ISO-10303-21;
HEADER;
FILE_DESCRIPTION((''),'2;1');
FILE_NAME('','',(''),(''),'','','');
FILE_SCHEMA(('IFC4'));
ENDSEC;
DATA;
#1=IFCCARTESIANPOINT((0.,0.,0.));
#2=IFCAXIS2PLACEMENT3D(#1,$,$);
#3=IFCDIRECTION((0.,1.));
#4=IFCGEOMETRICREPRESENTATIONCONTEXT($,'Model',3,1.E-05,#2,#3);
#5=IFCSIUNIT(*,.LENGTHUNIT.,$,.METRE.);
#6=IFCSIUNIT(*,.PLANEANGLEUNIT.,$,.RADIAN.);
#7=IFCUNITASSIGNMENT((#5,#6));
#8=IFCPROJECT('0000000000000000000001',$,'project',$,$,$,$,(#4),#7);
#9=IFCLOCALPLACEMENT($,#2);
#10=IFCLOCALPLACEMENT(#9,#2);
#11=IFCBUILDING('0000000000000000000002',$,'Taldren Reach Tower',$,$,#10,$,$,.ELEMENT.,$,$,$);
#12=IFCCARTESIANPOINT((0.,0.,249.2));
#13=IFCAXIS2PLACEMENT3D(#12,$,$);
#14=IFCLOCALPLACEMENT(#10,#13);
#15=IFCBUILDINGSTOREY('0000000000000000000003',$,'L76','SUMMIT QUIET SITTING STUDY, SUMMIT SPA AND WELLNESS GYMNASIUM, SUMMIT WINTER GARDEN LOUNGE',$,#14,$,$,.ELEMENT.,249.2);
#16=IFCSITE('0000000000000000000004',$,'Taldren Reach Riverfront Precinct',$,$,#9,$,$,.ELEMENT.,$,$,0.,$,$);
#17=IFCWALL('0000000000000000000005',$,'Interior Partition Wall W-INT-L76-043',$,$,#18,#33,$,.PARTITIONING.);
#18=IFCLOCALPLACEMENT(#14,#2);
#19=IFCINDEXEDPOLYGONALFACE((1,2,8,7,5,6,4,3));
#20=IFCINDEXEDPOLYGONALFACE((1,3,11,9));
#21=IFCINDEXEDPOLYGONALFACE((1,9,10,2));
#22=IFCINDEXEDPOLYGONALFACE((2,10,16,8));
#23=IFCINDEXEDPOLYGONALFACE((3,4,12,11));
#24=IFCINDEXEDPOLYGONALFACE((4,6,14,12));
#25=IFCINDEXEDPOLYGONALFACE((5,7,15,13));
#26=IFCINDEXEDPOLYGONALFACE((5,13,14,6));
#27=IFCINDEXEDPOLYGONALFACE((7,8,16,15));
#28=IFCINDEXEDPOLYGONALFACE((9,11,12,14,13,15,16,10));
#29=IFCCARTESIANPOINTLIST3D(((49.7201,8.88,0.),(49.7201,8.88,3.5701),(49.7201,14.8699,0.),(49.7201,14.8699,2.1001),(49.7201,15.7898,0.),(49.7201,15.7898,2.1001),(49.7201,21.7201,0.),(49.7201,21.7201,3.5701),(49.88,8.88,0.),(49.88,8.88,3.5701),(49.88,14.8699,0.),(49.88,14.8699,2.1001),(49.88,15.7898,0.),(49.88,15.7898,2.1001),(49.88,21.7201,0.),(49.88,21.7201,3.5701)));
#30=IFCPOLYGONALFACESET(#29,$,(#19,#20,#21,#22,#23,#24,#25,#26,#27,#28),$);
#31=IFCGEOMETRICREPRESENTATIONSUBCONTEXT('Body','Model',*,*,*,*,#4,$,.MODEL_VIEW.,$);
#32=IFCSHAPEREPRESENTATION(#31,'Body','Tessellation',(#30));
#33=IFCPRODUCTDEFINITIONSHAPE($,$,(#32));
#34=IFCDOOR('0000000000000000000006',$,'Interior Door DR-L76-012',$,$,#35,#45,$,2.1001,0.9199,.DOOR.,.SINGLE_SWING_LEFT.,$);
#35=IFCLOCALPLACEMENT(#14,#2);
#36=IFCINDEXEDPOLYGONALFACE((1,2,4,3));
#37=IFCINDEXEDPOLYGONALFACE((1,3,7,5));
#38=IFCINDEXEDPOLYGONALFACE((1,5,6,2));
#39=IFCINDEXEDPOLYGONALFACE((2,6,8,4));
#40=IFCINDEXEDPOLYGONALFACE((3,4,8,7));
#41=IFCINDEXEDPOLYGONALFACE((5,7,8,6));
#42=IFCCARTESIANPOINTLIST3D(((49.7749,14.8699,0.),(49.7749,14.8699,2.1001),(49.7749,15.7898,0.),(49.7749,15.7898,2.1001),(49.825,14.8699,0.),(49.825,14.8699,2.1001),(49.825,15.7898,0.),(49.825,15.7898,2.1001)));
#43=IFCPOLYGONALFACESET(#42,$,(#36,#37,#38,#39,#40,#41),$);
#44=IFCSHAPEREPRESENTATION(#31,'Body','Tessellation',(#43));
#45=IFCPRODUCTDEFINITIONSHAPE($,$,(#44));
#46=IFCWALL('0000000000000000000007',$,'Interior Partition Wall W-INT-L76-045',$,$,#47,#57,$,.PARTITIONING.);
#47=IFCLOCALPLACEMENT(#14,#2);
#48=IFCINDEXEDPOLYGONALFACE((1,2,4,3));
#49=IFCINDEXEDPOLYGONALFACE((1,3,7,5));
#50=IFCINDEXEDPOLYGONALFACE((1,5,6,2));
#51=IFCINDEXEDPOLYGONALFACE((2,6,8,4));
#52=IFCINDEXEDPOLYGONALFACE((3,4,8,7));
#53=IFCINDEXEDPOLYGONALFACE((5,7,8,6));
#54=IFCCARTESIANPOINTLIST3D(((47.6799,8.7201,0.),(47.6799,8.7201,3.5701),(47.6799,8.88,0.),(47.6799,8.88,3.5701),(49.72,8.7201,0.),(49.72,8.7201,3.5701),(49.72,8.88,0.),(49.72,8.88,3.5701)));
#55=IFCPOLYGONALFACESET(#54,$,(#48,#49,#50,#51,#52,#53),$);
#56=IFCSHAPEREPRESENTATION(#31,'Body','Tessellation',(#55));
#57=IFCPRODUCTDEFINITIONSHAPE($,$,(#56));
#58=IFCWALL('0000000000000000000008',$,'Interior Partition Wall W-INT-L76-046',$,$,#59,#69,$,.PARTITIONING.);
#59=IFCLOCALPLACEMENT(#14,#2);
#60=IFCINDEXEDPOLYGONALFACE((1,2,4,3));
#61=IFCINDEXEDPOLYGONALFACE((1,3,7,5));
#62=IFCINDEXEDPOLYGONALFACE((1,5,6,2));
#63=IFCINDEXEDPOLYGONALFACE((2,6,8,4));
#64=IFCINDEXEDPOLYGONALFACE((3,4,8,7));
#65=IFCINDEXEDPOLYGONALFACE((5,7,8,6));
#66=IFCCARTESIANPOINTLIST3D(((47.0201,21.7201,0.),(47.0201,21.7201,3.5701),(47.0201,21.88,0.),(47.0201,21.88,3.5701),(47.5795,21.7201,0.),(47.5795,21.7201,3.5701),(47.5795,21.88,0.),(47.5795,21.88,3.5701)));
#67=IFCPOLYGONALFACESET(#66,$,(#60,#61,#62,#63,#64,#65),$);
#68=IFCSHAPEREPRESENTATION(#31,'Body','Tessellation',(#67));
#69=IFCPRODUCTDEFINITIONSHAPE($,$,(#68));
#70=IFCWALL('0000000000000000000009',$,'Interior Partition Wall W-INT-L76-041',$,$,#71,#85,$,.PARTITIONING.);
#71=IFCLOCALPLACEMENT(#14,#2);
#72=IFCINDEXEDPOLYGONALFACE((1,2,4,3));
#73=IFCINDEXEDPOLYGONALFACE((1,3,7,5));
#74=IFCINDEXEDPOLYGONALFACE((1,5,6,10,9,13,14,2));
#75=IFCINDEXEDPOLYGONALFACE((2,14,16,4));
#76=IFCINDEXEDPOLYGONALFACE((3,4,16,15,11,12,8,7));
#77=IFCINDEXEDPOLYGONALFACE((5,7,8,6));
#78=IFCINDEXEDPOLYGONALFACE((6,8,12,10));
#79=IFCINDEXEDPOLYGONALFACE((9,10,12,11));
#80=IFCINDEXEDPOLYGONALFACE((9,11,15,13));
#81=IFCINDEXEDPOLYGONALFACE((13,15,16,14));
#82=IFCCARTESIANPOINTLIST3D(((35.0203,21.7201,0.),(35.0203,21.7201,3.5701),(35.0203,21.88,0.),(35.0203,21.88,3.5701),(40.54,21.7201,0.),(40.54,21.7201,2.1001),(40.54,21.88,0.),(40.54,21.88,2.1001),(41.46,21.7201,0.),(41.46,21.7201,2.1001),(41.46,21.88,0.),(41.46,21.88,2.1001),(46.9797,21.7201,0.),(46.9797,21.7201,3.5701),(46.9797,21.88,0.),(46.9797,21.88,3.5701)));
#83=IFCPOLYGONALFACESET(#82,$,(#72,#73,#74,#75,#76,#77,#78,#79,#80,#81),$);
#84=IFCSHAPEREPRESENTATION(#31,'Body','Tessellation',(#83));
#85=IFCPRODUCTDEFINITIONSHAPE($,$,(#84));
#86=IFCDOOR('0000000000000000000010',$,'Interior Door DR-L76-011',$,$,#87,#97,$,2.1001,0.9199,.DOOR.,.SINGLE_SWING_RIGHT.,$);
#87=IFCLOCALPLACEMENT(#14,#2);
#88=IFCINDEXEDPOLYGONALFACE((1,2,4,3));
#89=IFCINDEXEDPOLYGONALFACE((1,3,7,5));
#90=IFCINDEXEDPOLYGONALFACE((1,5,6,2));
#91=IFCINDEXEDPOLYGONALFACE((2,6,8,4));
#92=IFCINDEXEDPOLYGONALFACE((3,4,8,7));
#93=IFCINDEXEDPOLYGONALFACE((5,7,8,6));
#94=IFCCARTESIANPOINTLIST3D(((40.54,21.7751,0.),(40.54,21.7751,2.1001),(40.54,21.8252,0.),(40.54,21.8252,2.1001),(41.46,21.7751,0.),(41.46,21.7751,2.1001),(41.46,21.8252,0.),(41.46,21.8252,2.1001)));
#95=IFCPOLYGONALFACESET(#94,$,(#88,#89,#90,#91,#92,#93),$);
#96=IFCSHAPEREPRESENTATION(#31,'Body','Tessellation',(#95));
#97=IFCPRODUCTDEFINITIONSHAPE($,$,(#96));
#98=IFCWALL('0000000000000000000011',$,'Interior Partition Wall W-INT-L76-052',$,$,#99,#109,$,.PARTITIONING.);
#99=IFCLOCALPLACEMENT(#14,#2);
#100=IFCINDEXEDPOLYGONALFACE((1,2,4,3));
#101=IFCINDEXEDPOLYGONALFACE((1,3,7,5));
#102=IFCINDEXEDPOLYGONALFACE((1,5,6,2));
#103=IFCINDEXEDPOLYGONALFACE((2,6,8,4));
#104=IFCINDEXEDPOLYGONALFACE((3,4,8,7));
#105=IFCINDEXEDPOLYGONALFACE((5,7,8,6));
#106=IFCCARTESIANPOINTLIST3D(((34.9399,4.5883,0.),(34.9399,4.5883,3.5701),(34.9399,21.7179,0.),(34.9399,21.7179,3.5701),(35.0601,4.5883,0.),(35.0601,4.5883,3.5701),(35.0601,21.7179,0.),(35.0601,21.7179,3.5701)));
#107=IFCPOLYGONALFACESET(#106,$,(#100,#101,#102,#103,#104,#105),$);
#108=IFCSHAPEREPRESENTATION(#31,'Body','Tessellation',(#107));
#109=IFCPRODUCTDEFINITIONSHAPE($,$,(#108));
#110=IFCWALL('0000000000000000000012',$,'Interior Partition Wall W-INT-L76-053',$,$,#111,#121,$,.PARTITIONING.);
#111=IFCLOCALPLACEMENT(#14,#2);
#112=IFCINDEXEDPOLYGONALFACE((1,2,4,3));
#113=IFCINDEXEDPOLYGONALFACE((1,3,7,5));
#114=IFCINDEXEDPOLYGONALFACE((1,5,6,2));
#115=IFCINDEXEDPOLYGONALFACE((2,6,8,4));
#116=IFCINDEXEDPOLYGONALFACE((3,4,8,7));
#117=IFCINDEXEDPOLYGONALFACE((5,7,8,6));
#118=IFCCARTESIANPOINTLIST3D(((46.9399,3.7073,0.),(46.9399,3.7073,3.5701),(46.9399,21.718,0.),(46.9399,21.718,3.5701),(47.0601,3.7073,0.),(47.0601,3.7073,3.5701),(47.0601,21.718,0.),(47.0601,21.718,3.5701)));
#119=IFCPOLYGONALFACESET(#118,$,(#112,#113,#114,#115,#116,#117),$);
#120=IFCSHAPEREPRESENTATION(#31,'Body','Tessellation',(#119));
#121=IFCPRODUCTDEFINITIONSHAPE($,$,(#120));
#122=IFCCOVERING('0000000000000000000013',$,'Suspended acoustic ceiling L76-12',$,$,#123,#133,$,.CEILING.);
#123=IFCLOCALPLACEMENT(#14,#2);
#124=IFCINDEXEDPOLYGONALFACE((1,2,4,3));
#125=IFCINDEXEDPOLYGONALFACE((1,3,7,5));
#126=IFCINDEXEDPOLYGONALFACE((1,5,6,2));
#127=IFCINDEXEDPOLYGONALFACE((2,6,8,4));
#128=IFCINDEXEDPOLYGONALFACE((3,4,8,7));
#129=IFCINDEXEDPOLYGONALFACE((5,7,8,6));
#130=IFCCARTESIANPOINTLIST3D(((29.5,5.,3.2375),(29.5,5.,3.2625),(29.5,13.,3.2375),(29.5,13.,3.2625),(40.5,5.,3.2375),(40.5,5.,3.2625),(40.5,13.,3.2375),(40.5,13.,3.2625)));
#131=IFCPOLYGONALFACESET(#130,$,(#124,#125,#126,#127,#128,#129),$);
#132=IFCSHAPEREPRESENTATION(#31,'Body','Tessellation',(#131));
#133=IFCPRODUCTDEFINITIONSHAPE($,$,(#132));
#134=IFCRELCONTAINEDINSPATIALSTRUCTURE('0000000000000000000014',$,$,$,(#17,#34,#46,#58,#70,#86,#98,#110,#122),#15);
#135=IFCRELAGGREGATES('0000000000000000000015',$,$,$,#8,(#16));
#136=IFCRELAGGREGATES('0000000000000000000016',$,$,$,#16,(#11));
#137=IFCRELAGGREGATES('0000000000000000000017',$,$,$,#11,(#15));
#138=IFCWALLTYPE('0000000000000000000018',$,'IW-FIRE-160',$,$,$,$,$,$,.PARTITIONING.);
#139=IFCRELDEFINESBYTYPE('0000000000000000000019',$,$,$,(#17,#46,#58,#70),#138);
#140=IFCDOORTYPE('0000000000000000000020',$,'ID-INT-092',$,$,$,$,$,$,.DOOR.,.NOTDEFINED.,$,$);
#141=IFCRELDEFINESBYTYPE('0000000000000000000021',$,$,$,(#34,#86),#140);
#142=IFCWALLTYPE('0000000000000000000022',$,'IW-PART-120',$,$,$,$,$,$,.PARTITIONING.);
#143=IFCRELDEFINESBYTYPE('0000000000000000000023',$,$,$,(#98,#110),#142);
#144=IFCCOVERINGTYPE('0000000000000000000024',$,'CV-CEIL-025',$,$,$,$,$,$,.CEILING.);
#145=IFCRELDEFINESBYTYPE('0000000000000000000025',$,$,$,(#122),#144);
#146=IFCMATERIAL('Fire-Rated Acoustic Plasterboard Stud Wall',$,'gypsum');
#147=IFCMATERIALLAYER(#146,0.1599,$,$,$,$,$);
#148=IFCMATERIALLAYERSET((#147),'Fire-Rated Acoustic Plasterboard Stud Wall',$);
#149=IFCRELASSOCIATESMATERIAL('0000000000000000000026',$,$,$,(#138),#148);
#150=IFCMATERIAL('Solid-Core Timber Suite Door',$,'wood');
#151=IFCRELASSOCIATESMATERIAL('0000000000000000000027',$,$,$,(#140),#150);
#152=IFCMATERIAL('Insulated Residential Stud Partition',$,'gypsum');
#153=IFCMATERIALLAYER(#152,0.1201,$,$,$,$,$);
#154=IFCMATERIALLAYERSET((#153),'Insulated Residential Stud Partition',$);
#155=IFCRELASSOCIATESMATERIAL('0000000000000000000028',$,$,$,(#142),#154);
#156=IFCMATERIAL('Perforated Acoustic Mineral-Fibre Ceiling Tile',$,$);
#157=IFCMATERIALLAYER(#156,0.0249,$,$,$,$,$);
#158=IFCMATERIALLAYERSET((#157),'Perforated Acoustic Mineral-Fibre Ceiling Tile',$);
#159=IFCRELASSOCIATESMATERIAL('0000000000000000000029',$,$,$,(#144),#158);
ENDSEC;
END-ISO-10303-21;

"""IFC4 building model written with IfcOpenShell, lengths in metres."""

from ifc_helpers import new_model, si_unit, direction, frame, frame_2d, origin, origin_2d, place, context, subcontext, project, spatial, rectangle, extrude, source, transform, mapped, material, layer, layer_set, type_object, element, fill, save


model = new_model("IFC4")

# Units and contexts
model_context = context("Model", 3, precision=1e-05, world=origin(), true_north=direction((0.0, 1.0)))
body_context = subcontext(model_context, "Body", "Model", "MODEL_VIEW")
ifc_project = project(units=[si_unit("LENGTHUNIT", "METRE"), si_unit("PLANEANGLEUNIT", "RADIAN")], contexts=[model_context])

# Site, building, storey
site_placement = place(None, origin())
site = spatial("IfcSite", under=ifc_project, at=site_placement, Name="Taldren Reach Riverfront Precinct", CompositionType="ELEMENT", RefElevation=0.0)
building_placement = place(site_placement, origin())
building = spatial("IfcBuilding", under=site, at=building_placement, Name="Taldren Reach Tower", CompositionType="ELEMENT")
storey_placement = place(building_placement, frame((0.0, 0.0, 249.2)))
storey = spatial("IfcBuildingStorey", under=building, at=storey_placement, Name="L76", Description="SUMMIT QUIET SITTING STUDY, SUMMIT SPA AND WELLNESS GYMNASIUM, SUMMIT WINTER GARDEN LOUNGE", CompositionType="ELEMENT", Elevation=249.2)

# Shared definitions
ifc_material_1 = material(Name="Fire-Rated Acoustic Plasterboard Stud Wall", Category="gypsum")
ifc_layer_1 = layer(ifc_material_1, 0.1599)
ifc_layer_set_1 = layer_set([ifc_layer_1], Name="Fire-Rated Acoustic Plasterboard Stud Wall")
wall_type_1 = type_object("IfcWallType", Name="IW-FIRE-160", PredefinedType="PARTITIONING", material=ifc_layer_set_1)
shared_shape_1 = source(origin(), body_context, "Body", "SweptSolid", [
    extrude(rectangle(XDim=12.8401, YDim=0.1599, at=frame_2d((6.4199, 0.0))), origin(), (0.0, 0.0, 1.0), 3.5701),
])

# Wall, opening, door
wall_1_placement = place(storey_placement, frame((49.8, 21.72, 0.0), z_axis=(0.0, 0.0, 1.0), x_axis=(0.0, -1.0, 0.0)))
wall_1 = element("IfcWall", 1, at=wall_1_placement, inside=storey, type_object=wall_type_1, Name="Interior Partition Wall W-INT-L76-043", PredefinedType="PARTITIONING", context=body_context, shape_type="MappedRepresentation", body=[
    mapped(shared_shape_1, transform((0.0, 0.0, 0.0), scale=1.0)),
])
shared_shape_2 = source(origin(), body_context, "Body", "SweptSolid", [
    extrude(rectangle(XDim=0.9199, YDim=2.1001, at=frame_2d((0.46, 1.05))), frame((0.0, 0.0898, 0.0), z_axis=(0.0, -1.0, 0.0), x_axis=(1.0, 0.0, 0.0)), (0.0, 0.0, 1.0), 0.1799),
])
opening_1_placement = place(wall_1_placement, frame((5.9302, 0.0, 0.0)))
opening_1 = element("IfcOpeningElement", 2, at=opening_1_placement, cuts=wall_1, PredefinedType="OPENING", context=body_context, shape_type="MappedRepresentation", body=[
    mapped(shared_shape_2, transform((0.0, 0.0, 0.0), scale=1.0)),
])
ifc_material_2 = material(Name="Solid-Core Timber Suite Door", Category="wood")
door_type_1 = type_object("IfcDoorType", Name="ID-INT-092", OperationType="NOTDEFINED", PredefinedType="DOOR", material=ifc_material_2)
shared_shape_3 = source(origin(), body_context, "Body", "SweptSolid", [
    extrude(rectangle(XDim=0.9199, YDim=2.1001, at=frame_2d((0.46, 1.05))), frame((0.0, 0.0249, 0.0), z_axis=(0.0, -1.0, 0.0), x_axis=(1.0, 0.0, 0.0)), (0.0, 0.0, 1.0), 0.05),
])
door_1_placement = place(opening_1_placement, origin())
door_1 = element("IfcDoor", 3, at=door_1_placement, inside=storey, type_object=door_type_1, Name="Interior Door DR-L76-012", OperationType="SINGLE_SWING_LEFT", OverallHeight=2.1001, OverallWidth=0.9199, PredefinedType="DOOR", context=body_context, shape_type="MappedRepresentation", body=[
    mapped(shared_shape_3, transform((0.0, 0.0, 0.0), scale=1.0)),
])
fill(opening_1, door_1)

# Walls
shared_shape_4 = source(origin(), body_context, "Body", "SweptSolid", [
    extrude(rectangle(XDim=2.04, YDim=0.1599, at=frame_2d((1.02, 0.0))), origin(), (0.0, 0.0, 1.0), 3.5701),
])
wall_2_placement = place(storey_placement, frame((49.72, 8.8, 0.0), z_axis=(0.0, 0.0, 1.0), x_axis=(-1.0, 0.0, 0.0)))
element("IfcWall", 4, at=wall_2_placement, inside=storey, type_object=wall_type_1, Name="Interior Partition Wall W-INT-L76-045", PredefinedType="PARTITIONING", context=body_context, shape_type="MappedRepresentation", body=[
    mapped(shared_shape_4, transform((0.0, 0.0, 0.0), scale=1.0)),
])
shared_shape_5 = source(origin(), body_context, "Body", "SweptSolid", [
    extrude(rectangle(XDim=0.5593, YDim=0.1599, at=frame_2d((0.2798, 0.0))), origin(), (0.0, 0.0, 1.0), 3.5701),
])
wall_3_placement = place(storey_placement, frame((47.5796, 21.8, 0.0), z_axis=(0.0, 0.0, 1.0), x_axis=(-1.0, 0.0, 0.0)))
element("IfcWall", 5, at=wall_3_placement, inside=storey, type_object=wall_type_1, Name="Interior Partition Wall W-INT-L76-046", PredefinedType="PARTITIONING", context=body_context, shape_type="MappedRepresentation", body=[
    mapped(shared_shape_5, transform((0.0, 0.0, 0.0), scale=1.0)),
])

# Wall, opening, door
shared_shape_6 = source(origin(), body_context, "Body", "SweptSolid", [
    extrude(rectangle(XDim=11.9595, YDim=0.1599, at=frame_2d((5.9797, 0.0))), origin(), (0.0, 0.0, 1.0), 3.5701),
])
wall_4_placement = place(storey_placement, frame((46.9797, 21.8, 0.0), z_axis=(0.0, 0.0, 1.0), x_axis=(-1.0, 0.0, 0.0)))
wall_4 = element("IfcWall", 6, at=wall_4_placement, inside=storey, type_object=wall_type_1, Name="Interior Partition Wall W-INT-L76-041", PredefinedType="PARTITIONING", context=body_context, shape_type="MappedRepresentation", body=[
    mapped(shared_shape_6, transform((0.0, 0.0, 0.0), scale=1.0)),
])
opening_2_placement = place(wall_4_placement, frame((5.5198, 0.0, 0.0)))
opening_2 = element("IfcOpeningElement", 7, at=opening_2_placement, cuts=wall_4, PredefinedType="OPENING", context=body_context, shape_type="MappedRepresentation", body=[
    mapped(shared_shape_2, transform((0.0, 0.0, 0.0), scale=1.0)),
])
door_2_placement = place(opening_2_placement, origin())
door_2 = element("IfcDoor", 8, at=door_2_placement, inside=storey, type_object=door_type_1, Name="Interior Door DR-L76-011", OperationType="SINGLE_SWING_RIGHT", OverallHeight=2.1001, OverallWidth=0.9199, PredefinedType="DOOR", context=body_context, shape_type="MappedRepresentation", body=[
    mapped(shared_shape_3, transform((0.0, 0.0, 0.0), scale=1.0)),
])
fill(opening_2, door_2)

# Walls
ifc_material_3 = material(Name="Insulated Residential Stud Partition", Category="gypsum")
ifc_layer_2 = layer(ifc_material_3, 0.1201)
ifc_layer_set_2 = layer_set([ifc_layer_2], Name="Insulated Residential Stud Partition")
wall_type_2 = type_object("IfcWallType", Name="IW-PART-120", PredefinedType="PARTITIONING", material=ifc_layer_set_2)
shared_shape_7 = source(origin(), body_context, "Body", "SweptSolid", [
    extrude(rectangle(XDim=17.1296, YDim=0.1201, at=frame_2d((8.5649, 0.0))), origin(), (0.0, 0.0, 1.0), 3.5701),
])
wall_5_placement = place(storey_placement, frame((35.0, 21.718, 0.0), z_axis=(0.0, 0.0, 1.0), x_axis=(0.0, -1.0, 0.0)))
element("IfcWall", 9, at=wall_5_placement, inside=storey, type_object=wall_type_2, Name="Interior Partition Wall W-INT-L76-052", PredefinedType="PARTITIONING", context=body_context, shape_type="MappedRepresentation", body=[
    mapped(shared_shape_7, transform((0.0, 0.0, 0.0), scale=1.0)),
])
shared_shape_8 = source(origin(), body_context, "Body", "SweptSolid", [
    extrude(rectangle(XDim=18.0107, YDim=0.1201, at=frame_2d((9.0054, 0.0))), origin(), (0.0, 0.0, 1.0), 3.5701),
])
wall_6_placement = place(storey_placement, frame((47.0, 21.718, 0.0), z_axis=(0.0, 0.0, 1.0), x_axis=(0.0, -1.0, 0.0)))
element("IfcWall", 10, at=wall_6_placement, inside=storey, type_object=wall_type_2, Name="Interior Partition Wall W-INT-L76-053", PredefinedType="PARTITIONING", context=body_context, shape_type="MappedRepresentation", body=[
    mapped(shared_shape_8, transform((0.0, 0.0, 0.0), scale=1.0)),
])

# Covering
ifc_material_4 = material(Name="Perforated Acoustic Mineral-Fibre Ceiling Tile")
ifc_layer_3 = layer(ifc_material_4, 0.0249)
ifc_layer_set_3 = layer_set([ifc_layer_3], Name="Perforated Acoustic Mineral-Fibre Ceiling Tile")
covering_type = type_object("IfcCoveringType", Name="CV-CEIL-025", PredefinedType="CEILING", material=ifc_layer_set_3)
shared_shape_9 = source(origin(), body_context, "Body", "SweptSolid", [
    extrude(rectangle(XDim=11.0, YDim=8.0, at=origin_2d()), origin(), (0.0, 0.0, 1.0), 0.0249),
])
covering_placement = place(storey_placement, frame((35.0, 9.0, 3.2375), z_axis=(0.0, 0.0, 1.0), x_axis=(1.0, 0.0, 0.0)))
element("IfcCovering", 11, at=covering_placement, inside=storey, type_object=covering_type, Name="Suspended acoustic ceiling L76-12", PredefinedType="CEILING", context=body_context, shape_type="MappedRepresentation", body=[
    mapped(shared_shape_9, transform((0.0, 0.0, 0.0), scale=1.0)),
])

save(model, "model.ifc")
